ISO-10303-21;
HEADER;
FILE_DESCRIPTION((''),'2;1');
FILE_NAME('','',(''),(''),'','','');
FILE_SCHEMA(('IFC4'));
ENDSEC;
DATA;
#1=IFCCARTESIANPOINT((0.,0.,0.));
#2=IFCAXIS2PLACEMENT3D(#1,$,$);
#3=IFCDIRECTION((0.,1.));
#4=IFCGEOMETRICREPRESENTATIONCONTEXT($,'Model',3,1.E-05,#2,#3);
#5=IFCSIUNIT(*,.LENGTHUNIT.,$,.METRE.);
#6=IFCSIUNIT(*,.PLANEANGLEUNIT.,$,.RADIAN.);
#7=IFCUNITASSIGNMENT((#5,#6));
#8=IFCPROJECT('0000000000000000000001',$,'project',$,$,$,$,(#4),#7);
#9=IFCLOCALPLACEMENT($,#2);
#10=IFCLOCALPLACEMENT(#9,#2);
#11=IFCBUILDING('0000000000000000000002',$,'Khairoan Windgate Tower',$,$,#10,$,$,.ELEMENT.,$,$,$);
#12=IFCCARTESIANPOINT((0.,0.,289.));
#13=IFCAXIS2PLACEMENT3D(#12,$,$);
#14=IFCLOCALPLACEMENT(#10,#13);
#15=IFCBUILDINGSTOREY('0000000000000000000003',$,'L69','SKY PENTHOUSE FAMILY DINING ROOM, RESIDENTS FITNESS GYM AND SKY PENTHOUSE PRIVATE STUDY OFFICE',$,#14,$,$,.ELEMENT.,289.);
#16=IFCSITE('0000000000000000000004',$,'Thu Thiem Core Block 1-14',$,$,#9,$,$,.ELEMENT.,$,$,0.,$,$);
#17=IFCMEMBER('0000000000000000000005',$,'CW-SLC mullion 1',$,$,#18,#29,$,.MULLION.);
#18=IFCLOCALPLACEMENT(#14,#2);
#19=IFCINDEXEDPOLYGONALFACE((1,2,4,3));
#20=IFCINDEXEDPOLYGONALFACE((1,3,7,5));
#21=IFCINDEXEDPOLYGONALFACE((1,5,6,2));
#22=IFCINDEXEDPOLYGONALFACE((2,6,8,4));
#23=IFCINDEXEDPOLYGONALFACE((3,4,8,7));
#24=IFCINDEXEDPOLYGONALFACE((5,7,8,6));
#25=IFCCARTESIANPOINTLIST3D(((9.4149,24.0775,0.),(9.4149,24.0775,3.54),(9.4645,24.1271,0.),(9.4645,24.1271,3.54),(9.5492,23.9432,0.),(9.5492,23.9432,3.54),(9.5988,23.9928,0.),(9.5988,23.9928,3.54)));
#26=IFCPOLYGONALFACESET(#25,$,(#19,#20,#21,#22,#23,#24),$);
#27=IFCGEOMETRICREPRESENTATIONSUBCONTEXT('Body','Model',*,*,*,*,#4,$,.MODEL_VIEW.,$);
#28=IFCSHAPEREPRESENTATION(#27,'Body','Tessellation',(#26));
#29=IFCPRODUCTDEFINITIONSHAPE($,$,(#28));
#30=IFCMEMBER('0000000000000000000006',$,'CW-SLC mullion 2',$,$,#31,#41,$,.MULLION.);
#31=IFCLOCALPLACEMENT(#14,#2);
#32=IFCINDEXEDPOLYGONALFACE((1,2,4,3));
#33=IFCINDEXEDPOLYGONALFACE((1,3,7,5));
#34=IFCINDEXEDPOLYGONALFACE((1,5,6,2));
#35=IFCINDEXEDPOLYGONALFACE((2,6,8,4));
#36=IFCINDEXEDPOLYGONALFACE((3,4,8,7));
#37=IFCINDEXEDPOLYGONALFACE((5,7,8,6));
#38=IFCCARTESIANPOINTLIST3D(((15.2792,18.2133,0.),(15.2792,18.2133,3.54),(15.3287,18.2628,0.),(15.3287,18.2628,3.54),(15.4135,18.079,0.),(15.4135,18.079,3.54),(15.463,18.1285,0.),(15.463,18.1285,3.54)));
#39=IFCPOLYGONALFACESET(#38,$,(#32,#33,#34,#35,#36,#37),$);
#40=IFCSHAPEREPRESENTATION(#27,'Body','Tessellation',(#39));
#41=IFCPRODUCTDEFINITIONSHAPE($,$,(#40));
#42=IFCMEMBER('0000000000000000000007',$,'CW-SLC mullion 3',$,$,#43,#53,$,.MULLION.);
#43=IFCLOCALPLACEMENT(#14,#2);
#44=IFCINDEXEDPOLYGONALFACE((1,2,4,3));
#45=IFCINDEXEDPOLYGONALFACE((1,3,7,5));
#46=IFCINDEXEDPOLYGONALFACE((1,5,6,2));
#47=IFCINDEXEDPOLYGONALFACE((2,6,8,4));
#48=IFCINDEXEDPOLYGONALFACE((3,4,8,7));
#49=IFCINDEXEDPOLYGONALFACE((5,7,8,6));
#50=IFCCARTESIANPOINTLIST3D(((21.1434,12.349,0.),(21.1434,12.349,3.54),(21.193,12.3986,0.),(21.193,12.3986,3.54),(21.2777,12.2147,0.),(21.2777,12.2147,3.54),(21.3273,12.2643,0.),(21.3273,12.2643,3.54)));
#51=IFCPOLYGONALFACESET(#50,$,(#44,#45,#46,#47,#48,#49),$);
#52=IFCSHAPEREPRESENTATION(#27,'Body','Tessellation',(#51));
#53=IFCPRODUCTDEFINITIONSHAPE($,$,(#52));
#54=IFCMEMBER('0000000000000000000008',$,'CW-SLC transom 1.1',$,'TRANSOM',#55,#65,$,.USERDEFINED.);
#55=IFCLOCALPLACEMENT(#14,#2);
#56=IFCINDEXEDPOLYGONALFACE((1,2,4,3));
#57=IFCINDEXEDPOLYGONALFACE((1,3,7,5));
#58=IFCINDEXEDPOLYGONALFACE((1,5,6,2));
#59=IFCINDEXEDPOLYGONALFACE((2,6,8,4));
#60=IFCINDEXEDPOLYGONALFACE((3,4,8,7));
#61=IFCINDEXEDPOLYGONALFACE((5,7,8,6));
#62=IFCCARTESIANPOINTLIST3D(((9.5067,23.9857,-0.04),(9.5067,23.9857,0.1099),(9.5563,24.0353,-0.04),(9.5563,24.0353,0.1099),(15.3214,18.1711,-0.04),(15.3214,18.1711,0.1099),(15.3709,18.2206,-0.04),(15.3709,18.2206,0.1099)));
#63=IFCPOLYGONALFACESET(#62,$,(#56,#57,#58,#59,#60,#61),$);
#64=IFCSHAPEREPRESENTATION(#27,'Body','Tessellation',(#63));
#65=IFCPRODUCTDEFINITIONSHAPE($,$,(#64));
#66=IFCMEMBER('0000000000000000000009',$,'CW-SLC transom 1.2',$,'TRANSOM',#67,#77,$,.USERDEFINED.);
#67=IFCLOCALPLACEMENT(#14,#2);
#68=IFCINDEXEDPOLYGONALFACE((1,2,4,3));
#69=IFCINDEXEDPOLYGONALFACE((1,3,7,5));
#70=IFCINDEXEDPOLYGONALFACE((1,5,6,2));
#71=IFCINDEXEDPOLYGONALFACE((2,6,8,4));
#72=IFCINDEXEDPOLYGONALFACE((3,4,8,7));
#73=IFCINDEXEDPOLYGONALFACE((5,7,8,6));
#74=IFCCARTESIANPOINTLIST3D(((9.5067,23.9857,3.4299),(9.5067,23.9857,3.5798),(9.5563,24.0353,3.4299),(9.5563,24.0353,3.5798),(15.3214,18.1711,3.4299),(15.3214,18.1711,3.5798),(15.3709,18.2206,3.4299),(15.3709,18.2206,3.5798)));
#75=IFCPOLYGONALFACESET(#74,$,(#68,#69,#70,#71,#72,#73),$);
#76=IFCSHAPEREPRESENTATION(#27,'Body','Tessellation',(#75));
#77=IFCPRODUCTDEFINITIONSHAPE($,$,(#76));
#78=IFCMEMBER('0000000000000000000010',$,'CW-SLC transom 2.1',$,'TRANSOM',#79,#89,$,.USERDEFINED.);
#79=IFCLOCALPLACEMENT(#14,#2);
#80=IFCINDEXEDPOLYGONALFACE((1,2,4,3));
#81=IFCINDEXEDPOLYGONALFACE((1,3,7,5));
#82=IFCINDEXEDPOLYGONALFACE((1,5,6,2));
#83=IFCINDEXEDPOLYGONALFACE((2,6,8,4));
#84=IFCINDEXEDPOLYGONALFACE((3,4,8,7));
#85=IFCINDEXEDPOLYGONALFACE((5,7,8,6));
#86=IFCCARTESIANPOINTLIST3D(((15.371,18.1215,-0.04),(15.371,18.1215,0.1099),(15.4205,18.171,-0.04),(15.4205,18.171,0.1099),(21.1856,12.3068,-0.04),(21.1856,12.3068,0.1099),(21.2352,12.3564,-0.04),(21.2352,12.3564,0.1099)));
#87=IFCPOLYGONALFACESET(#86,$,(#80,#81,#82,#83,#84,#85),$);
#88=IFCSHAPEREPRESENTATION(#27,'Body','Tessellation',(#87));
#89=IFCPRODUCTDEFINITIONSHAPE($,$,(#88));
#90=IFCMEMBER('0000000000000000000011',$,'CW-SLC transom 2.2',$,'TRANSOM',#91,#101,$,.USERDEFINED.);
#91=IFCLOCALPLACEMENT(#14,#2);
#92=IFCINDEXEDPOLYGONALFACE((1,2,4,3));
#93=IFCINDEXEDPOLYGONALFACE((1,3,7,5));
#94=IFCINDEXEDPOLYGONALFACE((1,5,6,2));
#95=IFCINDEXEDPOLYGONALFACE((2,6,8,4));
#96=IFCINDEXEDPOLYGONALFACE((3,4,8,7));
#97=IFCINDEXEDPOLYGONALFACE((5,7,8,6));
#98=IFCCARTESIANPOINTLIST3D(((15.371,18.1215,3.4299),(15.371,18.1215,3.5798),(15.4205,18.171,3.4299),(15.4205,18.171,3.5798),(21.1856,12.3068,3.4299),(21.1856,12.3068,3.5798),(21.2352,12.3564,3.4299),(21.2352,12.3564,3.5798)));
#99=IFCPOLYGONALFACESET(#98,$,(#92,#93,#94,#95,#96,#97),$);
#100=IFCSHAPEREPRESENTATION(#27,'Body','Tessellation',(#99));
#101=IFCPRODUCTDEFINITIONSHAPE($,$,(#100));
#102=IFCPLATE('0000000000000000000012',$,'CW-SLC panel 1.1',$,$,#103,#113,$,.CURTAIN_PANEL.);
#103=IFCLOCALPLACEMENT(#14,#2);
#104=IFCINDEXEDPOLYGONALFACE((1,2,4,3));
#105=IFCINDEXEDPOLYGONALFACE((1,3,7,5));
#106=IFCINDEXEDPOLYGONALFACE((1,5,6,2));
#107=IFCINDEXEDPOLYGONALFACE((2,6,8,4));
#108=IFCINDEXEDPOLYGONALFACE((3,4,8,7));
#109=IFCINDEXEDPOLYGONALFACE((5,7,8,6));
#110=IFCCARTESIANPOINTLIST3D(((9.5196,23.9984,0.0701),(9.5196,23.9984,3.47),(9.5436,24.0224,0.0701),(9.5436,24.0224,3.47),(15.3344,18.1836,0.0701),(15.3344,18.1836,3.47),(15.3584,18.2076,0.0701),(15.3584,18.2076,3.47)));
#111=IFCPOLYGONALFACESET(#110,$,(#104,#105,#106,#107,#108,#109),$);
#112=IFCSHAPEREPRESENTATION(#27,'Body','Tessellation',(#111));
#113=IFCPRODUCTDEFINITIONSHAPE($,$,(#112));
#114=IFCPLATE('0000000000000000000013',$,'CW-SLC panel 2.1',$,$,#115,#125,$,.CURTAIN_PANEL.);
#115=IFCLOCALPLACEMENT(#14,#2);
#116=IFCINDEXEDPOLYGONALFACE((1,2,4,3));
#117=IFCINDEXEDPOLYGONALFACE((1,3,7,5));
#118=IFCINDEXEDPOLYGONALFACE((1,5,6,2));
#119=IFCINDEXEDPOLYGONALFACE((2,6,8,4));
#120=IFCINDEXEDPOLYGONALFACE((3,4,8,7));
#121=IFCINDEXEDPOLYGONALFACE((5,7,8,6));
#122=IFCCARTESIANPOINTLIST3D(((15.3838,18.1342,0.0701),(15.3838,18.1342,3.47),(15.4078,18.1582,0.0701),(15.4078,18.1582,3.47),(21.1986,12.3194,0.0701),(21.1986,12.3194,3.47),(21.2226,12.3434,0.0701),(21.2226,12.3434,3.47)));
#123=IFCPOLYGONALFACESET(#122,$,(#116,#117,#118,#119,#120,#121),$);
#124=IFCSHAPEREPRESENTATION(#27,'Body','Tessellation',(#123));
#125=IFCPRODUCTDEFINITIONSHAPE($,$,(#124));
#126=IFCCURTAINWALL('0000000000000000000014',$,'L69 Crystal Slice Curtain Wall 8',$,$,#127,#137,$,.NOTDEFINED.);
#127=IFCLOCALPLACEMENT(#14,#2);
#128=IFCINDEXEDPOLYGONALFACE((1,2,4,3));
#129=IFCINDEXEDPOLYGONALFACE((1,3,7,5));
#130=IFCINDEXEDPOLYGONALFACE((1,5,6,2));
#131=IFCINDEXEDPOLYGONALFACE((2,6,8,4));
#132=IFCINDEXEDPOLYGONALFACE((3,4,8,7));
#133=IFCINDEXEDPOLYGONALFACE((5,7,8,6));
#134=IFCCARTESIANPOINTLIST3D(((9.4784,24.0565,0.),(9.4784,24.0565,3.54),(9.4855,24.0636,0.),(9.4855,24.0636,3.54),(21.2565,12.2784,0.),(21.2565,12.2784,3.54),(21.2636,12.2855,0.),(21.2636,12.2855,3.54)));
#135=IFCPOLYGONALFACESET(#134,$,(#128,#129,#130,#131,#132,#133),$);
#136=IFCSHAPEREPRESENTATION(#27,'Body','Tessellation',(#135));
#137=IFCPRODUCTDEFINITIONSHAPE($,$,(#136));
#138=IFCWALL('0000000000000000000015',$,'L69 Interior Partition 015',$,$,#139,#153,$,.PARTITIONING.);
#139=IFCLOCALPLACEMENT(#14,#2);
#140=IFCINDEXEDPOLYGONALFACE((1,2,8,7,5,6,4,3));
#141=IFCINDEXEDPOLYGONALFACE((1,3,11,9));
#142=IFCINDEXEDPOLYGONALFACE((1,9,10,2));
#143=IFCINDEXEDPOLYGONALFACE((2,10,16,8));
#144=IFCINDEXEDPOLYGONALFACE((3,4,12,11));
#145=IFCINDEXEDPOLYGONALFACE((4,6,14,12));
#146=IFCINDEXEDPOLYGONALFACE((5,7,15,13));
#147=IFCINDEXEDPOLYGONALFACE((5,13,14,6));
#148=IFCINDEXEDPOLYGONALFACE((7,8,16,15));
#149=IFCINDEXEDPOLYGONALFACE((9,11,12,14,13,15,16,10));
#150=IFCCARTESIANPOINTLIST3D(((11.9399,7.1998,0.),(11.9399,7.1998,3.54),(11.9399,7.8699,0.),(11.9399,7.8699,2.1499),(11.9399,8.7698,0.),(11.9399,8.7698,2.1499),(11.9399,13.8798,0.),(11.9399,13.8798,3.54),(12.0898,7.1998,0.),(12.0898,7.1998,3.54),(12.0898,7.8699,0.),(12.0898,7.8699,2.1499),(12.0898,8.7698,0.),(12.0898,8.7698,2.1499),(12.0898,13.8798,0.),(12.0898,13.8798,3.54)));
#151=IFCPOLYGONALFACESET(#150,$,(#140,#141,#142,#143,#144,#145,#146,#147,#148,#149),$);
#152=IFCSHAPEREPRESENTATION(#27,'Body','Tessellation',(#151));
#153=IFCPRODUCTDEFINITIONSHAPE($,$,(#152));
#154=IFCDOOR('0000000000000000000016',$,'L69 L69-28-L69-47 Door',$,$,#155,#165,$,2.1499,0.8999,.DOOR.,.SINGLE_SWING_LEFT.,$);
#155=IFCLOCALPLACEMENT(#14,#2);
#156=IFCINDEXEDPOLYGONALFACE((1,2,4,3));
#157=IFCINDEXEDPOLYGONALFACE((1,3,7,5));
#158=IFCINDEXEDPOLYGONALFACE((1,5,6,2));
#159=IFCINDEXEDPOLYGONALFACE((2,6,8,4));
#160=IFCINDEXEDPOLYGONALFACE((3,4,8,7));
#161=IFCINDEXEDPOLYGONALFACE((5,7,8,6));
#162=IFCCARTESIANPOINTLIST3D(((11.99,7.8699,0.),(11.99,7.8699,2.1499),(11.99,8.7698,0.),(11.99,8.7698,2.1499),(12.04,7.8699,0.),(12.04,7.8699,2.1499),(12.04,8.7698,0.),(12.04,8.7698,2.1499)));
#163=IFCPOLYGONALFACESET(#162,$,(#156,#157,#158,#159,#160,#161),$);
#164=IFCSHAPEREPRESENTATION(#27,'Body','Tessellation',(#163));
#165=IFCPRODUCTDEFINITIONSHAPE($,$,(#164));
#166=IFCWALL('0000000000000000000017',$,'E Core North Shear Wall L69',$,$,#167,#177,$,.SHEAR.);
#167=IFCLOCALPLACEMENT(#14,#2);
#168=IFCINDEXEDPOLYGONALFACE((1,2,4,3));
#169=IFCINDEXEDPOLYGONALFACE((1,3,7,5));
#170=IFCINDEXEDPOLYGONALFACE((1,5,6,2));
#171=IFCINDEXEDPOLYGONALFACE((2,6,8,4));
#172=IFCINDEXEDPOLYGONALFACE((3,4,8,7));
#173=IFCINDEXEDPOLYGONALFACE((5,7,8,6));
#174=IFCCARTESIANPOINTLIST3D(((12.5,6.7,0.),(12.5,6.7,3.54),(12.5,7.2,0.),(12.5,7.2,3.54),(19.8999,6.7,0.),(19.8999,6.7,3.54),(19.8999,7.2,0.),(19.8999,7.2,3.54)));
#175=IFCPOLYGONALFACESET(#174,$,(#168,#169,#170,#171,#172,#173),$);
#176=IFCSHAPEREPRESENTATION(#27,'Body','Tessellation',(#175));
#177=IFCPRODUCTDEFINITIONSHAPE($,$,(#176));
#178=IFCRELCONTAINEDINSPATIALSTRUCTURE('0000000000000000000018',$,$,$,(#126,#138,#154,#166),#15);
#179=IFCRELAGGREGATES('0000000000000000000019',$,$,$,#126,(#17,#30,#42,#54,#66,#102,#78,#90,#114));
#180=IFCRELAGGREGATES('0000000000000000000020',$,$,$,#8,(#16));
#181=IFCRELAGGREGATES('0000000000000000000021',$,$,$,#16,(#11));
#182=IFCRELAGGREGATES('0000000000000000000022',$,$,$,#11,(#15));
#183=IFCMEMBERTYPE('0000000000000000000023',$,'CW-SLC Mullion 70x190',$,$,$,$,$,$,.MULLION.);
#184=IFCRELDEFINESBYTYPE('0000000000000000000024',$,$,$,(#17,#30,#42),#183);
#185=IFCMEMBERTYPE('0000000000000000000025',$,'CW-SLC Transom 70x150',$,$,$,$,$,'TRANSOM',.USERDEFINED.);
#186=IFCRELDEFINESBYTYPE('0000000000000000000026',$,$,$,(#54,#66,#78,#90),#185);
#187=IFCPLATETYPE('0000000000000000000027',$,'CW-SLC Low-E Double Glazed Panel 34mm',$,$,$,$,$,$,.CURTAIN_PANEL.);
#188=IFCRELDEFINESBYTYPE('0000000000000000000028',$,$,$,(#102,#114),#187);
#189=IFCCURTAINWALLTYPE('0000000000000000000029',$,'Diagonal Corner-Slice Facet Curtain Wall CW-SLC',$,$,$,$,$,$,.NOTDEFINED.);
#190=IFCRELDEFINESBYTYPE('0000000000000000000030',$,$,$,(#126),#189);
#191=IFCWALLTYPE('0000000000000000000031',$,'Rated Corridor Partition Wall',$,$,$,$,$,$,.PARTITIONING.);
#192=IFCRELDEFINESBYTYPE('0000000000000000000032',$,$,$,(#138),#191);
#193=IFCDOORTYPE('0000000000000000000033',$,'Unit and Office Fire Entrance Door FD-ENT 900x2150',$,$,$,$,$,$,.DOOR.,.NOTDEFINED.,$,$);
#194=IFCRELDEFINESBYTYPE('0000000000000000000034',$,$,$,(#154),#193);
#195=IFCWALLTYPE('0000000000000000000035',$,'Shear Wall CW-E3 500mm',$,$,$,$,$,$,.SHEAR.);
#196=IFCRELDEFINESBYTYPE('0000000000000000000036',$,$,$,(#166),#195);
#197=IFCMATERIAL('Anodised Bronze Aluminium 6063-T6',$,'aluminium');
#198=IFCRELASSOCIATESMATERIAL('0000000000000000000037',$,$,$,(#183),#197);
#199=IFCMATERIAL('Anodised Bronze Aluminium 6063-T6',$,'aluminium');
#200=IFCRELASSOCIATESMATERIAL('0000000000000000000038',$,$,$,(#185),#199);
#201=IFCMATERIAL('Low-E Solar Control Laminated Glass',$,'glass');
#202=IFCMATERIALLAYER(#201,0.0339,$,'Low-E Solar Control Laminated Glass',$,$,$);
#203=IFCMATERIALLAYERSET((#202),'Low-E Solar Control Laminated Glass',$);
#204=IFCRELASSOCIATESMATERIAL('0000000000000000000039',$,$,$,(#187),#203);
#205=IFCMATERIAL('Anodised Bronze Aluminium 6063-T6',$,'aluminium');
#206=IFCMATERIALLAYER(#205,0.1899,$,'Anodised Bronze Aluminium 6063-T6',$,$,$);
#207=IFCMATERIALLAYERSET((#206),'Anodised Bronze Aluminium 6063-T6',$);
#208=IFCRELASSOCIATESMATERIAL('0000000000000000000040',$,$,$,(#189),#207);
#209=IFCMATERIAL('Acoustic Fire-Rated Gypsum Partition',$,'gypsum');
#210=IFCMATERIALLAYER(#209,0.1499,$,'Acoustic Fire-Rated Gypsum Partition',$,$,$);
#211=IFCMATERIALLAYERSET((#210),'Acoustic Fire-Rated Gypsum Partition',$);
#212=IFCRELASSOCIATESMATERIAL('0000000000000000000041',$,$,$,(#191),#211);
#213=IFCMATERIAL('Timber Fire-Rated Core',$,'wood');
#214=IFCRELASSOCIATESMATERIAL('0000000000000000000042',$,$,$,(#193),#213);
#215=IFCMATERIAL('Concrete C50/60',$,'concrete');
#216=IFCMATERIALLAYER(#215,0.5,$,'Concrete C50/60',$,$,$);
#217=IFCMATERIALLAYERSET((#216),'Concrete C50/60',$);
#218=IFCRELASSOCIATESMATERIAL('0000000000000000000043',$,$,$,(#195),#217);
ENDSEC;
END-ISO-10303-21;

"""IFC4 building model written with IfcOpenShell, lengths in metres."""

from ifc_helpers import new_model, si_unit, direction, frame, frame_2d, origin, origin_2d, place, context, subcontext, project, spatial, rectangle, extrude, material, layer, layer_set, material_profile, profile_set, type_object, element, fill, aggregate, save


model = new_model("IFC4")

# Units and contexts
model_context = context("Model", 3, precision=1e-05, world=origin(), true_north=direction((0.0, 1.0)))
body_context = subcontext(model_context, "Body", "Model", "MODEL_VIEW")
ifc_project = project(units=[si_unit("LENGTHUNIT", "METRE"), si_unit("PLANEANGLEUNIT", "RADIAN")], contexts=[model_context])

# Site, building, storey
site_placement = place(None, origin())
site = spatial("IfcSite", under=ifc_project, at=site_placement, Name="Thu Thiem Core Block 1-14", CompositionType="ELEMENT", RefElevation=0.0)
building_placement = place(site_placement, origin())
building = spatial("IfcBuilding", under=site, at=building_placement, Name="Khairoan Windgate Tower", CompositionType="ELEMENT")
storey_placement = place(building_placement, frame((0.0, 0.0, 289.0)))
storey = spatial("IfcBuildingStorey", under=building, at=storey_placement, Name="L69", Description="SKY PENTHOUSE FAMILY DINING ROOM, RESIDENTS FITNESS GYM AND SKY PENTHOUSE PRIVATE STUDY OFFICE", CompositionType="ELEMENT", Elevation=289.0)

# Members
ifc_material_1 = material(Name="Anodised Bronze Aluminium 6063-T6", Category="aluminium")
ifc_material_profile_1 = material_profile(ifc_material_1, rectangle(XDim=0.0701, YDim=0.1899, at=origin_2d()))
ifc_profile_set_1 = profile_set([ifc_material_profile_1], Name="Anodised Bronze Aluminium 6063-T6")
member_type_1 = type_object("IfcMemberType", Name="CW-SLC Mullion 70x190", PredefinedType="MULLION", material=ifc_profile_set_1)
member_1_placement = place(storey_placement, frame((9.5068, 24.0352, 0.0), z_axis=(0.0, 0.0, 1.0), x_axis=(0.707107, 0.707107, 0.0)))
member_1 = element("IfcMember", 1, at=member_1_placement, type_object=member_type_1, Name="CW-SLC mullion 1", PredefinedType="MULLION", context=body_context, shape_type="SweptSolid", body=[
    extrude(rectangle(XDim=0.0701, YDim=0.1899, at=origin_2d()), origin(), (0.0, 0.0, 1.0), 3.54),
])
member_2_placement = place(storey_placement, frame((15.3711, 18.1709, 0.0), z_axis=(0.0, 0.0, 1.0), x_axis=(0.707107, 0.707107, 0.0)))
member_2 = element("IfcMember", 2, at=member_2_placement, type_object=member_type_1, Name="CW-SLC mullion 2", PredefinedType="MULLION", context=body_context, shape_type="SweptSolid", body=[
    extrude(rectangle(XDim=0.0701, YDim=0.1899, at=origin_2d()), origin(), (0.0, 0.0, 1.0), 3.54),
])
member_3_placement = place(storey_placement, frame((21.2354, 12.3066, 0.0), z_axis=(0.0, 0.0, 1.0), x_axis=(0.707107, 0.707107, 0.0)))
member_3 = element("IfcMember", 3, at=member_3_placement, type_object=member_type_1, Name="CW-SLC mullion 3", PredefinedType="MULLION", context=body_context, shape_type="SweptSolid", body=[
    extrude(rectangle(XDim=0.0701, YDim=0.1899, at=origin_2d()), origin(), (0.0, 0.0, 1.0), 3.54),
])
ifc_material_2 = material(Name="Anodised Bronze Aluminium 6063-T6", Category="aluminium")
ifc_material_profile_2 = material_profile(ifc_material_2, rectangle(XDim=0.0701, YDim=0.1499, at=origin_2d()))
ifc_profile_set_2 = profile_set([ifc_material_profile_2], Name="Anodised Bronze Aluminium 6063-T6")
member_type_2 = type_object("IfcMemberType", Name="CW-SLC Transom 70x150", ElementType="TRANSOM", PredefinedType="USERDEFINED", material=ifc_profile_set_2)
member_4_placement = place(storey_placement, frame((9.5315, 24.0105, 0.0349), z_axis=(0.707107, -0.707107, 0.0), x_axis=(0.707107, 0.707107, 0.0)))
member_4 = element("IfcMember", 4, at=member_4_placement, type_object=member_type_2, Name="CW-SLC transom 1.1", ObjectType="TRANSOM", PredefinedType="USERDEFINED", context=body_context, shape_type="SweptSolid", body=[
    extrude(rectangle(XDim=0.0701, YDim=0.1499, at=origin_2d()), origin(), (0.0, 0.0, 1.0), 8.2231),
])
member_5_placement = place(storey_placement, frame((9.5315, 24.0105, 3.5049), z_axis=(0.707107, -0.707107, 0.0), x_axis=(0.707107, 0.707107, 0.0)))
member_5 = element("IfcMember", 5, at=member_5_placement, type_object=member_type_2, Name="CW-SLC transom 1.2", ObjectType="TRANSOM", PredefinedType="USERDEFINED", context=body_context, shape_type="SweptSolid", body=[
    extrude(rectangle(XDim=0.0701, YDim=0.1499, at=origin_2d()), origin(), (0.0, 0.0, 1.0), 8.2231),
])
member_6_placement = place(storey_placement, frame((15.3958, 18.1462, 0.0349), z_axis=(0.707107, -0.707107, 0.0), x_axis=(0.707107, 0.707107, 0.0)))
member_6 = element("IfcMember", 6, at=member_6_placement, type_object=member_type_2, Name="CW-SLC transom 2.1", ObjectType="TRANSOM", PredefinedType="USERDEFINED", context=body_context, shape_type="SweptSolid", body=[
    extrude(rectangle(XDim=0.0701, YDim=0.1499, at=origin_2d()), origin(), (0.0, 0.0, 1.0), 8.2231),
])
member_7_placement = place(storey_placement, frame((15.3958, 18.1462, 3.5049), z_axis=(0.707107, -0.707107, 0.0), x_axis=(0.707107, 0.707107, 0.0)))
member_7 = element("IfcMember", 7, at=member_7_placement, type_object=member_type_2, Name="CW-SLC transom 2.2", ObjectType="TRANSOM", PredefinedType="USERDEFINED", context=body_context, shape_type="SweptSolid", body=[
    extrude(rectangle(XDim=0.0701, YDim=0.1499, at=origin_2d()), origin(), (0.0, 0.0, 1.0), 8.2231),
])

# Plates
ifc_material_3 = material(Name="Low-E Solar Control Laminated Glass", Category="glass")
ifc_layer_1 = layer(ifc_material_3, 0.0339, Name="Low-E Solar Control Laminated Glass")
ifc_layer_set_1 = layer_set([ifc_layer_1], Name="Low-E Solar Control Laminated Glass")
plate_type_1 = type_object("IfcPlateType", Name="CW-SLC Low-E Double Glazed Panel 34mm", PredefinedType="CURTAIN_PANEL", material=ifc_layer_set_1)
plate_1_placement = place(storey_placement, frame((12.439, 21.103, 0.0701), z_axis=(0.0, 0.0, 1.0), x_axis=(0.707107, -0.707107, 0.0)))
plate_1 = element("IfcPlate", 8, at=plate_1_placement, type_object=plate_type_1, Name="CW-SLC panel 1.1", PredefinedType="CURTAIN_PANEL", context=body_context, shape_type="SweptSolid", body=[
    extrude(rectangle(XDim=8.2234, YDim=0.0339, at=origin_2d()), origin(), (0.0, 0.0, 1.0), 3.3999),
])
plate_2_placement = place(storey_placement, frame((18.3032, 15.2388, 0.0701), z_axis=(0.0, 0.0, 1.0), x_axis=(0.707107, -0.707107, 0.0)))
plate_2 = element("IfcPlate", 9, at=plate_2_placement, type_object=plate_type_1, Name="CW-SLC panel 2.1", PredefinedType="CURTAIN_PANEL", context=body_context, shape_type="SweptSolid", body=[
    extrude(rectangle(XDim=8.2234, YDim=0.0339, at=origin_2d()), origin(), (0.0, 0.0, 1.0), 3.3999),
])

# Curtain wall
ifc_material_4 = material(Name="Anodised Bronze Aluminium 6063-T6", Category="aluminium")
ifc_layer_2 = layer(ifc_material_4, 0.1899, Name="Anodised Bronze Aluminium 6063-T6")
ifc_layer_set_2 = layer_set([ifc_layer_2], Name="Anodised Bronze Aluminium 6063-T6")
curtain_wall_type_1 = type_object("IfcCurtainWallType", Name="Diagonal Corner-Slice Facet Curtain Wall CW-SLC", PredefinedType="NOTDEFINED", material=ifc_layer_set_2)
curtain_wall_1_placement = place(storey_placement, frame((9.4819, 24.0601, 0.0), z_axis=(0.0, 0.0, 1.0), x_axis=(0.707107, -0.707107, 0.0)))
curtain_wall_1 = element("IfcCurtainWall", 10, at=curtain_wall_1_placement, inside=storey, type_object=curtain_wall_type_1, Name="L69 Crystal Slice Curtain Wall 8", PredefinedType="NOTDEFINED", context=body_context, shape_type="SweptSolid", body=[
    extrude(rectangle(XDim=16.6567, YDim=0.01, at=frame_2d((8.3284, 0.0))), origin(), (0.0, 0.0, 1.0), 3.54),
])
aggregate(curtain_wall_1, [member_1, member_2, member_3, member_4, member_5, plate_1, member_6, member_7, plate_2])

# Wall, opening, door
ifc_material_5 = material(Name="Acoustic Fire-Rated Gypsum Partition", Category="gypsum")
ifc_layer_3 = layer(ifc_material_5, 0.1499, Name="Acoustic Fire-Rated Gypsum Partition")
ifc_layer_set_3 = layer_set([ifc_layer_3], Name="Acoustic Fire-Rated Gypsum Partition")
wall_type_1 = type_object("IfcWallType", Name="Rated Corridor Partition Wall", PredefinedType="PARTITIONING", material=ifc_layer_set_3)
wall_1_placement = place(storey_placement, frame((12.0149, 7.2, 0.0), z_axis=(0.0, 0.0, 1.0), x_axis=(0.0, 1.0, 0.0)))
wall_1 = element("IfcWall", 11, at=wall_1_placement, inside=storey, type_object=wall_type_1, Name="L69 Interior Partition 015", PredefinedType="PARTITIONING", context=body_context, shape_type="SweptSolid", body=[
    extrude(rectangle(XDim=6.6799, YDim=0.1499, at=frame_2d((3.3398, 0.0))), origin(), (0.0, 0.0, 1.0), 3.54),
])
opening_placement = place(wall_1_placement, frame((0.6699, 0.0, 0.0)))
opening = element("IfcOpeningElement", 12, at=opening_placement, cuts=wall_1, PredefinedType="OPENING", context=body_context, shape_type="SweptSolid", body=[
    extrude(rectangle(XDim=0.8999, YDim=2.1499, at=frame_2d((0.45, 1.075))), frame((0.0, 0.085, 0.0), z_axis=(0.0, -1.0, 0.0), x_axis=(1.0, 0.0, 0.0)), (0.0, 0.0, 1.0), 0.1699),
])
ifc_material_6 = material(Name="Timber Fire-Rated Core", Category="wood")
door_type = type_object("IfcDoorType", Name="Unit and Office Fire Entrance Door FD-ENT 900x2150", OperationType="NOTDEFINED", PredefinedType="DOOR", material=ifc_material_6)
door_placement = place(opening_placement, origin())
door = element("IfcDoor", 13, at=door_placement, inside=storey, type_object=door_type, Name="L69 L69-28-L69-47 Door", OperationType="SINGLE_SWING_LEFT", OverallHeight=2.1499, OverallWidth=0.8999, PredefinedType="DOOR", context=body_context, shape_type="SweptSolid", body=[
    extrude(rectangle(XDim=0.8999, YDim=2.1499, at=frame_2d((0.45, 1.075))), frame((0.0, 0.0249, 0.0), z_axis=(0.0, -1.0, 0.0), x_axis=(1.0, 0.0, 0.0)), (0.0, 0.0, 1.0), 0.05),
])
fill(opening, door)

# Wall
ifc_material_7 = material(Name="Concrete C50/60", Category="concrete")
ifc_layer_4 = layer(ifc_material_7, 0.5, Name="Concrete C50/60")
ifc_layer_set_4 = layer_set([ifc_layer_4], Name="Concrete C50/60")
wall_type_2 = type_object("IfcWallType", Name="Shear Wall CW-E3 500mm", PredefinedType="SHEAR", material=ifc_layer_set_4)
wall_2_placement = place(storey_placement, frame((12.5, 6.95, 0.0), z_axis=(0.0, 0.0, 1.0), x_axis=(1.0, 0.0, 0.0)))
element("IfcWall", 14, at=wall_2_placement, inside=storey, type_object=wall_type_2, Name="E Core North Shear Wall L69", PredefinedType="SHEAR", context=body_context, shape_type="SweptSolid", body=[
    extrude(rectangle(XDim=7.3999, YDim=0.5, at=frame_2d((3.7, 0.0))), origin(), (0.0, 0.0, 1.0), 3.54),
])

save(model, "model.ifc")
